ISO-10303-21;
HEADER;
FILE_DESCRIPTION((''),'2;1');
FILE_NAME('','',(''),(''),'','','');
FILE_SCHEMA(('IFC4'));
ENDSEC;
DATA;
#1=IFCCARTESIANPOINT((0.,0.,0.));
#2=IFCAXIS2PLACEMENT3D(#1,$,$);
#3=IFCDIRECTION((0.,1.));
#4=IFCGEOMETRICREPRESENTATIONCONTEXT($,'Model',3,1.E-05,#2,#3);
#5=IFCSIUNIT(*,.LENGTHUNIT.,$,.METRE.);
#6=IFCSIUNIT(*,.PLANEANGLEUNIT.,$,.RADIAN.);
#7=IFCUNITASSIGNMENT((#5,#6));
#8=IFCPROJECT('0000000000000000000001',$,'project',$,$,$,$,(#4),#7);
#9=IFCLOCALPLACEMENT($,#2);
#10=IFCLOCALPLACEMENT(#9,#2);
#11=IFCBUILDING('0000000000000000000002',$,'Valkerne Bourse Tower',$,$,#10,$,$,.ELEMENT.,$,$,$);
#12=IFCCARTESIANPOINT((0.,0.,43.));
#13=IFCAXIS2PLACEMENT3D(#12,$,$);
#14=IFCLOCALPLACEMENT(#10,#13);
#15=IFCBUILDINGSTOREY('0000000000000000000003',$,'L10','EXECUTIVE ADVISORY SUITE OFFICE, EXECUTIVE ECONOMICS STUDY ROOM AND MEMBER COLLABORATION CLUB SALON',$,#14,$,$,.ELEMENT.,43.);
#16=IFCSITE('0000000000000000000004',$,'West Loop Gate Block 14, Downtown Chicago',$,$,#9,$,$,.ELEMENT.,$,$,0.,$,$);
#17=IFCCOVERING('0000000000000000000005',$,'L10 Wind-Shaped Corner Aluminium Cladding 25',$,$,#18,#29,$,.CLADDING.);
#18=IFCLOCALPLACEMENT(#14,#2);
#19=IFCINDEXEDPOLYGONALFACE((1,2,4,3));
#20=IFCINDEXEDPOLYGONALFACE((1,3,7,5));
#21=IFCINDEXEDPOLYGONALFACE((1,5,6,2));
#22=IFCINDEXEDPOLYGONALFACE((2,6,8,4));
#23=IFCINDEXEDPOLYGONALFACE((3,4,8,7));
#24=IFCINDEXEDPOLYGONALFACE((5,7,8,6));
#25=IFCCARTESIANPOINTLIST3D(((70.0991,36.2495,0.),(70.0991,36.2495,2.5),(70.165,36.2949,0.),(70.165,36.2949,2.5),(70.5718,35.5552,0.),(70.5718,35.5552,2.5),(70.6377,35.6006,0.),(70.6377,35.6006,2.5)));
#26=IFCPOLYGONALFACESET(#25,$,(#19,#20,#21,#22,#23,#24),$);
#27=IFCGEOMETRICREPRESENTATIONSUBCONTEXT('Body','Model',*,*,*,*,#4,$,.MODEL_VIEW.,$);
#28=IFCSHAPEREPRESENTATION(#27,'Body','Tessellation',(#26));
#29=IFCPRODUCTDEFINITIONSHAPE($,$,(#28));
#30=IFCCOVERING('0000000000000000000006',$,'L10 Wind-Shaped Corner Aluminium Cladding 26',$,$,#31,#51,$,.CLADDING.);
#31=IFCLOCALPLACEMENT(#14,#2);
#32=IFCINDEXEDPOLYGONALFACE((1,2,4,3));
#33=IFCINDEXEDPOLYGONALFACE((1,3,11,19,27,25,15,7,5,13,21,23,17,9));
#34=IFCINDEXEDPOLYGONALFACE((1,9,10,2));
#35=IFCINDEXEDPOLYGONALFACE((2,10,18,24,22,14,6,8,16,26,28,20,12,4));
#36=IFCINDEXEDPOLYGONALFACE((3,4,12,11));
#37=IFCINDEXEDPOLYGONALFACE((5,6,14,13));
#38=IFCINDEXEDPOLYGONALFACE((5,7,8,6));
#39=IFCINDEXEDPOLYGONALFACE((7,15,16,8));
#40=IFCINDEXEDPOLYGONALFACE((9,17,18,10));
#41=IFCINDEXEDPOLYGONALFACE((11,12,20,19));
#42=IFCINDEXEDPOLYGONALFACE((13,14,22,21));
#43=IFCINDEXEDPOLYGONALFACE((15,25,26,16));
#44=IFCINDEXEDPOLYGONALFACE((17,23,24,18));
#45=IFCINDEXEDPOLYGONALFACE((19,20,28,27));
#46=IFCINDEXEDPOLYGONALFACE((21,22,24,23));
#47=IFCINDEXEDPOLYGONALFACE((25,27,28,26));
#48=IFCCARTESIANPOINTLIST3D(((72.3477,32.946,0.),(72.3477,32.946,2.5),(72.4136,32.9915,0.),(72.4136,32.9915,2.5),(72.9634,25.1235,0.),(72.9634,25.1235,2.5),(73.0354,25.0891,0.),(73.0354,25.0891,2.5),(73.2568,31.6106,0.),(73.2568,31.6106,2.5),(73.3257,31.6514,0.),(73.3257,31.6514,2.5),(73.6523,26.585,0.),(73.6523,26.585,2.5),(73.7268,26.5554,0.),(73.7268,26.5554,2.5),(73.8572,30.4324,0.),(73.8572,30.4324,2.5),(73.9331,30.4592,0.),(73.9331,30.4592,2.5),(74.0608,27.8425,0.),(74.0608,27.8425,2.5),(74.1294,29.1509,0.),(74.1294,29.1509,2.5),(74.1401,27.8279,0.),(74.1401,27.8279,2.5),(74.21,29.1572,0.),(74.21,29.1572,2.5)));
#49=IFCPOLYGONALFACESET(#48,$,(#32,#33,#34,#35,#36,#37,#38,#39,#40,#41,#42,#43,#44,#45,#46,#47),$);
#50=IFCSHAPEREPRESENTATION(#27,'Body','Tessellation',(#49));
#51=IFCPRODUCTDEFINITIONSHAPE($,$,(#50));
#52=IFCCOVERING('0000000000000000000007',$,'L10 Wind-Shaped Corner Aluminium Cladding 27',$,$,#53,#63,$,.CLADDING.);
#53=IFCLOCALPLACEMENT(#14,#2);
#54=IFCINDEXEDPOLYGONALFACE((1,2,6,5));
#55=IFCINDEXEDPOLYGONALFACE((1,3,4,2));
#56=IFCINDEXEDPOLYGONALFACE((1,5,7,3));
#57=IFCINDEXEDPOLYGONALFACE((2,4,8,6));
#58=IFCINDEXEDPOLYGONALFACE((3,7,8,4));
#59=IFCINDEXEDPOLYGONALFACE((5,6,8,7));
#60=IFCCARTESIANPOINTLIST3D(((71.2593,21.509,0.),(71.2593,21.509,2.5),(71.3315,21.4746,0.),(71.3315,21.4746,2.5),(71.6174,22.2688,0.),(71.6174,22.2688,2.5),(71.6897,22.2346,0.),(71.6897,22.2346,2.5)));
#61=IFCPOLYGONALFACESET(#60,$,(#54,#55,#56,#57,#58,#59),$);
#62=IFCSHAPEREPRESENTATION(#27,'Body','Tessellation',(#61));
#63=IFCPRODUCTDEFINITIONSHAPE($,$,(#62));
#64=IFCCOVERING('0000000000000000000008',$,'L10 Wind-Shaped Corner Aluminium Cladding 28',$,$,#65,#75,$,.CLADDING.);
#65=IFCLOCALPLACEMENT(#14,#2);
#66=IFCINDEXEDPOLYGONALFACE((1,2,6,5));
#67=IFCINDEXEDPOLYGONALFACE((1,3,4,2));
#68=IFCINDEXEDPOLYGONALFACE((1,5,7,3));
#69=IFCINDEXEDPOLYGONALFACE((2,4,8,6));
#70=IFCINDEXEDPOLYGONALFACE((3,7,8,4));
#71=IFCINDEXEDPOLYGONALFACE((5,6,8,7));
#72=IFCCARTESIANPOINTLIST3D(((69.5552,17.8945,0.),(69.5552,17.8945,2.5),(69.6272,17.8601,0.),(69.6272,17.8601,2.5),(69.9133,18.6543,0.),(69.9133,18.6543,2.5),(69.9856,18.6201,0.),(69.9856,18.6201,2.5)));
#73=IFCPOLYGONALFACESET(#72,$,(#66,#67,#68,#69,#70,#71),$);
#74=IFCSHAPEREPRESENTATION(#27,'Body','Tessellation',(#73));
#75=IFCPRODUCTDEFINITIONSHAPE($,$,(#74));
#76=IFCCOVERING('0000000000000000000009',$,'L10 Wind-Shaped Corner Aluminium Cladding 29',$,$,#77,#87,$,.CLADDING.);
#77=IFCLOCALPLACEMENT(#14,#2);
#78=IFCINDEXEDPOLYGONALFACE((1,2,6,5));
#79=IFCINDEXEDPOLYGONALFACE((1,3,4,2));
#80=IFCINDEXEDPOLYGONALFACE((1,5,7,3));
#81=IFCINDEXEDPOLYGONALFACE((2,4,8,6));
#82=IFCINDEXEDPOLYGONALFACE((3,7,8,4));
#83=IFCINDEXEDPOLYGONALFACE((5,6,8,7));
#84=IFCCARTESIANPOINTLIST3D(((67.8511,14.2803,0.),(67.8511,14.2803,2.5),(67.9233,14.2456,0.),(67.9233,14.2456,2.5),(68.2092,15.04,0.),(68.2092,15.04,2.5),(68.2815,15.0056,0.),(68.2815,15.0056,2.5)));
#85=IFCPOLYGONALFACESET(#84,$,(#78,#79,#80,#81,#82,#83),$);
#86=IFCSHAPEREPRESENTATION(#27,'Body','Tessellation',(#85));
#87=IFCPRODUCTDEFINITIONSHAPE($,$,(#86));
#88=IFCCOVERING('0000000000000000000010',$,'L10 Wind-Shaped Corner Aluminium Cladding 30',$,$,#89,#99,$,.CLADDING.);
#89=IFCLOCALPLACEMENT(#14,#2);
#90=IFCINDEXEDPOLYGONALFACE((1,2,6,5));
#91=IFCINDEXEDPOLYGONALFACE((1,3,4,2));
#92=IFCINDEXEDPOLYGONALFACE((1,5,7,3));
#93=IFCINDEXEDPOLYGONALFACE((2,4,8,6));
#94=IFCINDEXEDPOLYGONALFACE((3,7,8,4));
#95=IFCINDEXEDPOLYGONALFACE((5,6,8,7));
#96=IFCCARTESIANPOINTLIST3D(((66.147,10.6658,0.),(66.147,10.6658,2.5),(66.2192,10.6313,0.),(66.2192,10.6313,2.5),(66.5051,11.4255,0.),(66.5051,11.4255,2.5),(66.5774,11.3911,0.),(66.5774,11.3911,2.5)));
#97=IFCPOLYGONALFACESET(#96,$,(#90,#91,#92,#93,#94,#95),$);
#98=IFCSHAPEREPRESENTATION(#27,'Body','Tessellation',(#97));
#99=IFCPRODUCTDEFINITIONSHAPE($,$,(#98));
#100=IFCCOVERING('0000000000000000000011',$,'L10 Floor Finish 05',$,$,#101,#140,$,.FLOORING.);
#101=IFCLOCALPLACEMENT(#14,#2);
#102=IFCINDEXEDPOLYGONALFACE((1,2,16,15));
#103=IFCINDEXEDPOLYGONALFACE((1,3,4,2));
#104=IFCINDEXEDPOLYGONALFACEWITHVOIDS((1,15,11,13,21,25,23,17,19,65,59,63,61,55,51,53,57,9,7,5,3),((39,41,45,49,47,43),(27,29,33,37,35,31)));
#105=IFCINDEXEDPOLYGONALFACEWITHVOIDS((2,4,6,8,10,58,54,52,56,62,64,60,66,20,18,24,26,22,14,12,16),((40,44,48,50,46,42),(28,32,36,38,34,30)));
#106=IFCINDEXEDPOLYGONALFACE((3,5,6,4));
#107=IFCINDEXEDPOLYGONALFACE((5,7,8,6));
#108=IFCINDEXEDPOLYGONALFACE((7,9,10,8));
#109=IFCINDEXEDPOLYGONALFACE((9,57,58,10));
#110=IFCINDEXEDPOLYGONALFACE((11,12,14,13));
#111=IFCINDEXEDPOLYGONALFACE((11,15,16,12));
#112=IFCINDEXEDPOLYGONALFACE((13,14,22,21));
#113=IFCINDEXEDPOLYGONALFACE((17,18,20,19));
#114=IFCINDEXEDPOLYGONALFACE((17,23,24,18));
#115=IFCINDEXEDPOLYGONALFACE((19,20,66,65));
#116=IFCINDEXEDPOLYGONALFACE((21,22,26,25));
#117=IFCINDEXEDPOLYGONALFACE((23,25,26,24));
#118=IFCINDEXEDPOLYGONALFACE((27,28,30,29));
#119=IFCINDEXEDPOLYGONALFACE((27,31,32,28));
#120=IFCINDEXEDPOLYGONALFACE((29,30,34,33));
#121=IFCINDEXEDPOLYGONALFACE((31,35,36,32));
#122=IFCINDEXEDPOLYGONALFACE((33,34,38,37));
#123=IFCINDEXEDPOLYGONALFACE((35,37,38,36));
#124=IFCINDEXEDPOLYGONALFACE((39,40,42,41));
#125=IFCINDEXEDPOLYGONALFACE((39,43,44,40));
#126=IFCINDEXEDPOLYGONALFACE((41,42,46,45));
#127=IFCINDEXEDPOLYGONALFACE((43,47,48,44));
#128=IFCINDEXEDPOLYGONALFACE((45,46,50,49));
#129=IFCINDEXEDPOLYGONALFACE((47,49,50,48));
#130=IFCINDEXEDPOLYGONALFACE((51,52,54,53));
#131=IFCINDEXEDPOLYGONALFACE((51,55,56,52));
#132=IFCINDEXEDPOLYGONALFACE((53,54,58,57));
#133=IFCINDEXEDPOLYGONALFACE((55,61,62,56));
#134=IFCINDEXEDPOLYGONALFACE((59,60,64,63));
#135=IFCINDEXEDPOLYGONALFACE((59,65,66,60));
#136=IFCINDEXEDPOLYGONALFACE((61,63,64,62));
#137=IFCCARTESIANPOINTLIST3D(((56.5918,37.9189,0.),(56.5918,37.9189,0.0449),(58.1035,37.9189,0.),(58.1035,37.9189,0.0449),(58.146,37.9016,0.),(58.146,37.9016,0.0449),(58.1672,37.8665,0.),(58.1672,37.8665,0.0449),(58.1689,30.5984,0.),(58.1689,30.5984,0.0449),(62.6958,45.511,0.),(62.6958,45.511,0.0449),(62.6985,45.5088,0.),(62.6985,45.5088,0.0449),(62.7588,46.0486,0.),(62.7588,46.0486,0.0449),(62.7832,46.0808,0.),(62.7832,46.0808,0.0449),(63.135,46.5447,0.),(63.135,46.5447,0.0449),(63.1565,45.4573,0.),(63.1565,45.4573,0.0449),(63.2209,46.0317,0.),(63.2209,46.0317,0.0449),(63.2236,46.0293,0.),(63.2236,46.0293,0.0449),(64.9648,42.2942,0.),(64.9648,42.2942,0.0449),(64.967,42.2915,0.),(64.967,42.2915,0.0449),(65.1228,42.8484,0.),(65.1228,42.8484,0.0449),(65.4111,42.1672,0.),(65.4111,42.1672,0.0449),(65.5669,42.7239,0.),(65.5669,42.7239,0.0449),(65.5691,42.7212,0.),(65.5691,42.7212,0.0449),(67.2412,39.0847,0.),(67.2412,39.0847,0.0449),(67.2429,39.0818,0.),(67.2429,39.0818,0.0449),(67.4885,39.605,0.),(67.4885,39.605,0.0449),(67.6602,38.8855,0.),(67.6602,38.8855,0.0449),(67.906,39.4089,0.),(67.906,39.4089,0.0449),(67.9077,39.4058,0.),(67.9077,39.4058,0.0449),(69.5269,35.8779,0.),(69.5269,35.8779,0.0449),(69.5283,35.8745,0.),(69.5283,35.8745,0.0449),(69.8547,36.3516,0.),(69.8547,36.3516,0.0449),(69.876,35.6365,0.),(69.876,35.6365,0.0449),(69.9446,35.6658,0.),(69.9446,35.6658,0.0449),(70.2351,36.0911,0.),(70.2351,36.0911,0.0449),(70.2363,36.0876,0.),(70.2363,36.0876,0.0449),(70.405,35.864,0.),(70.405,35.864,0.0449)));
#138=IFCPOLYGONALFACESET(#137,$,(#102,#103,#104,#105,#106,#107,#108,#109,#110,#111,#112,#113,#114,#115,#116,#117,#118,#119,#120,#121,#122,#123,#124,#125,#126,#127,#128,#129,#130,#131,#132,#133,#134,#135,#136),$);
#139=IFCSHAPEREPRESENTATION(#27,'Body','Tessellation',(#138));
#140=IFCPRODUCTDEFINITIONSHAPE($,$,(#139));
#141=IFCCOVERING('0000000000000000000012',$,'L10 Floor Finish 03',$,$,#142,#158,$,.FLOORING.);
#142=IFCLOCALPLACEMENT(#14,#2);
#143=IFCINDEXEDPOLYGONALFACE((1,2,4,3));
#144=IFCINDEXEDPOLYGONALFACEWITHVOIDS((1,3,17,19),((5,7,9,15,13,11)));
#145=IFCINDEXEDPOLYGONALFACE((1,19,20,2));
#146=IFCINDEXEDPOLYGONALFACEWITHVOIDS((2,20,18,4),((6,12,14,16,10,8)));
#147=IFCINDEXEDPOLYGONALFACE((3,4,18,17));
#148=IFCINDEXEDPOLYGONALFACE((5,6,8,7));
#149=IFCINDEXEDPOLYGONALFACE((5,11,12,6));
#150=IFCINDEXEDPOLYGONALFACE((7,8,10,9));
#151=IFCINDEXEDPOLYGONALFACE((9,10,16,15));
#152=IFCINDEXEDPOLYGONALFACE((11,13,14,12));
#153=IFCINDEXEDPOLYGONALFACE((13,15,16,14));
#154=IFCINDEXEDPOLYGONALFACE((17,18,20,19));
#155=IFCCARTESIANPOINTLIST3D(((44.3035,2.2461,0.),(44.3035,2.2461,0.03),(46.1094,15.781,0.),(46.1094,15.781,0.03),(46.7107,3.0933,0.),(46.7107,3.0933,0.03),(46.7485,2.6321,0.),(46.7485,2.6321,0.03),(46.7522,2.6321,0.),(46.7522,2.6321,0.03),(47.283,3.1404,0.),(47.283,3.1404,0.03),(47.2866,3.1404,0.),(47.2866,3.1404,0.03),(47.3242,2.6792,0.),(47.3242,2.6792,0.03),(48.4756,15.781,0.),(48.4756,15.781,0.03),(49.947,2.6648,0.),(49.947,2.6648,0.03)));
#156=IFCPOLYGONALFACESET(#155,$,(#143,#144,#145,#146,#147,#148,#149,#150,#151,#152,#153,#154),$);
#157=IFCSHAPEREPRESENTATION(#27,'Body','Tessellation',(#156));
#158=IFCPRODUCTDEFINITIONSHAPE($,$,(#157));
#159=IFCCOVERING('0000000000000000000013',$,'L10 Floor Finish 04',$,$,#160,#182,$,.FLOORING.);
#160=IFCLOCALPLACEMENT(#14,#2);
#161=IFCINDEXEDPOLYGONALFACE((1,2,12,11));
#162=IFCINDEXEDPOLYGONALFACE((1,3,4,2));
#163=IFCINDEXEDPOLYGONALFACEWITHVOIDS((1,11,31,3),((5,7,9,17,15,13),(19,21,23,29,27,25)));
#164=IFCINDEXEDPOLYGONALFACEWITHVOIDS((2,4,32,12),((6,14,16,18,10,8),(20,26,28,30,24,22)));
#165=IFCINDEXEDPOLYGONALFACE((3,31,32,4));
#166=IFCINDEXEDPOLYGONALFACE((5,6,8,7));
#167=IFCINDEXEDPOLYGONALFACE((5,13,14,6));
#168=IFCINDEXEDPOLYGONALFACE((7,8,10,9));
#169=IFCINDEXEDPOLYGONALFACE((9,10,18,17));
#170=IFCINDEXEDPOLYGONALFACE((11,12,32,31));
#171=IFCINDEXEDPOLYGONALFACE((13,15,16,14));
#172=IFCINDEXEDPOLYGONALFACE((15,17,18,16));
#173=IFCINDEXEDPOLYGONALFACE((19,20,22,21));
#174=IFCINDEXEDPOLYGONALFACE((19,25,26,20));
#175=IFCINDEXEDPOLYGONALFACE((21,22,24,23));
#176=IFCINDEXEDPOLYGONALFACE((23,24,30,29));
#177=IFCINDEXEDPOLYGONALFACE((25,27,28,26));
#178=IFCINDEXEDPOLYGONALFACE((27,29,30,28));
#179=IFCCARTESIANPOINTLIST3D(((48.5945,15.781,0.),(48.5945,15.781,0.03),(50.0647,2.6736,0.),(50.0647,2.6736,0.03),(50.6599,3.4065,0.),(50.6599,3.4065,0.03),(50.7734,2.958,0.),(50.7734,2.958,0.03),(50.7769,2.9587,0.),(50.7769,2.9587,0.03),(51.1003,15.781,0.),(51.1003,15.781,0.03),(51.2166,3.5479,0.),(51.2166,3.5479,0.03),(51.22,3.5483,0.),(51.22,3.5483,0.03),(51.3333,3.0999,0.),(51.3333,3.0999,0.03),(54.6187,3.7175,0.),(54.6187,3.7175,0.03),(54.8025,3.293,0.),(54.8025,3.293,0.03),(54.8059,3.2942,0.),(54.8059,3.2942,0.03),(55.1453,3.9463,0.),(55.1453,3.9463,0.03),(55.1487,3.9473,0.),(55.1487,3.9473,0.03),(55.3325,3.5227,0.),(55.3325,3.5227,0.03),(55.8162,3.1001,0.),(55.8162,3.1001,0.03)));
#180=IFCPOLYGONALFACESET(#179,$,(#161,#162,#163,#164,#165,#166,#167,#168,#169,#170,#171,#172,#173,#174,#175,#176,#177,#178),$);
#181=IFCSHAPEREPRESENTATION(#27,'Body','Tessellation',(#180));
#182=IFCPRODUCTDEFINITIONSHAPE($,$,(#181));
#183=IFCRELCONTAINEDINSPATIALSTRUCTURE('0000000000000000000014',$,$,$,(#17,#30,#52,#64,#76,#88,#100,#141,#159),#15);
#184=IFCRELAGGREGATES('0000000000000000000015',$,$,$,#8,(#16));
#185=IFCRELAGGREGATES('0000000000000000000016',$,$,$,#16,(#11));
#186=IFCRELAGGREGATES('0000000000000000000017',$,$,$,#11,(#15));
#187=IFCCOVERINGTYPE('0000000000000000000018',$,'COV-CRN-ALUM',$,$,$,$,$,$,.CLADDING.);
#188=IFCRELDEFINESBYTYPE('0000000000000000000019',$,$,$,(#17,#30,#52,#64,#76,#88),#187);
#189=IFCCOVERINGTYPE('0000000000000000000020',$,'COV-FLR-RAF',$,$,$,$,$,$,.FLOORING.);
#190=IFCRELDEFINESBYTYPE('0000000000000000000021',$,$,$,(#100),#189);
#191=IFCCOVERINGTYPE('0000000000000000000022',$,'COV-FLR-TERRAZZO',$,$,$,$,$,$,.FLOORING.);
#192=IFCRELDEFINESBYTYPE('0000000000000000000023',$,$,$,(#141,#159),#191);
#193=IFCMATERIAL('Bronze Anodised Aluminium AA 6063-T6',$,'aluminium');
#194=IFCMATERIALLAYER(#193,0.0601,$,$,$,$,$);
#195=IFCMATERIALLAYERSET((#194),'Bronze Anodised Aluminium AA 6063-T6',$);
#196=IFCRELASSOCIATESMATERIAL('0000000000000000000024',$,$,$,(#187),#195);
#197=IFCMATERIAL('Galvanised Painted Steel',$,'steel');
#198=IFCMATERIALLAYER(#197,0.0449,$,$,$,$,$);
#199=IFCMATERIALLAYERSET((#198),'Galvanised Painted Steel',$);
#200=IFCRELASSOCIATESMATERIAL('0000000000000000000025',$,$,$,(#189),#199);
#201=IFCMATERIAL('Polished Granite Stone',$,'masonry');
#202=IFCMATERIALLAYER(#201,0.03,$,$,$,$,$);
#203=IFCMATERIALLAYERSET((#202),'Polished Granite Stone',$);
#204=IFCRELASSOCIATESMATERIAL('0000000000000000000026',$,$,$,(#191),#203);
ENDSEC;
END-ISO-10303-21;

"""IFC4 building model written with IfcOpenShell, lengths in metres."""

from ifc_helpers import new_model, si_unit, direction, frame, origin, place, context, subcontext, project, spatial, polyline, outline, extrude, material, layer, layer_set, type_object, element, save


model = new_model("IFC4")

# Units and contexts
model_context = context("Model", 3, precision=1e-05, world=origin(), true_north=direction((0.0, 1.0)))
body_context = subcontext(model_context, "Body", "Model", "MODEL_VIEW")
ifc_project = project(units=[si_unit("LENGTHUNIT", "METRE"), si_unit("PLANEANGLEUNIT", "RADIAN")], contexts=[model_context])

# Site, building, storey
site_placement = place(None, origin())
site = spatial("IfcSite", under=ifc_project, at=site_placement, Name="West Loop Gate Block 14, Downtown Chicago", CompositionType="ELEMENT", RefElevation=0.0)
building_placement = place(site_placement, origin())
building = spatial("IfcBuilding", under=site, at=building_placement, Name="Valkerne Bourse Tower", CompositionType="ELEMENT")
storey_placement = place(building_placement, frame((0.0, 0.0, 43.0)))
storey = spatial("IfcBuildingStorey", under=building, at=storey_placement, Name="L10", Description="EXECUTIVE ADVISORY SUITE OFFICE, EXECUTIVE ECONOMICS STUDY ROOM AND MEMBER COLLABORATION CLUB SALON", CompositionType="ELEMENT", Elevation=43.0)

# Coverings
ifc_material_1 = material(Name="Bronze Anodised Aluminium AA 6063-T6", Category="aluminium")
ifc_layer_1 = layer(ifc_material_1, 0.0601)
ifc_layer_set_1 = layer_set([ifc_layer_1], Name="Bronze Anodised Aluminium AA 6063-T6")
covering_type_1 = type_object("IfcCoveringType", Name="COV-CRN-ALUM", PredefinedType="CLADDING", material=ifc_layer_set_1)
covering_1_placement = place(storey_placement, origin())
element("IfcCovering", 1, at=covering_1_placement, inside=storey, type_object=covering_type_1, Name="L10 Wind-Shaped Corner Aluminium Cladding 25", PredefinedType="CLADDING", context=body_context, shape_type="SweptSolid", body=[
    extrude(outline(polyline([(70.6377, 35.6006), (70.5718, 35.5552), (70.0991, 36.2495), (70.165, 36.2949), (70.6377, 35.6006)])), origin(), (0.0, 0.0, 1.0), 2.5),
])
covering_2_placement = place(storey_placement, origin())
element("IfcCovering", 2, at=covering_2_placement, inside=storey, type_object=covering_type_1, Name="L10 Wind-Shaped Corner Aluminium Cladding 26", PredefinedType="CLADDING", context=body_context, shape_type="SweptSolid", body=[
    extrude(outline(polyline([(73.3257, 31.6514), (73.9331, 30.4592), (74.21, 29.1572), (74.1401, 27.8279), (73.7268, 26.5554), (73.0354, 25.0891), (72.9634, 25.1235), (73.6523, 26.585), (74.0608, 27.8425), (74.1294, 29.1509), (73.8572, 30.4324), (73.2568, 31.6106), (72.3477, 32.946), (72.4136, 32.9915), (73.3257, 31.6514)])), origin(), (0.0, 0.0, 1.0), 2.5),
])
covering_3_placement = place(storey_placement, origin())
element("IfcCovering", 3, at=covering_3_placement, inside=storey, type_object=covering_type_1, Name="L10 Wind-Shaped Corner Aluminium Cladding 27", PredefinedType="CLADDING", context=body_context, shape_type="SweptSolid", body=[
    extrude(outline(polyline([(71.3315, 21.4746), (71.2593, 21.509), (71.6174, 22.2688), (71.6897, 22.2346), (71.3315, 21.4746)])), origin(), (0.0, 0.0, 1.0), 2.5),
])
covering_4_placement = place(storey_placement, origin())
element("IfcCovering", 4, at=covering_4_placement, inside=storey, type_object=covering_type_1, Name="L10 Wind-Shaped Corner Aluminium Cladding 28", PredefinedType="CLADDING", context=body_context, shape_type="SweptSolid", body=[
    extrude(outline(polyline([(69.6272, 17.8601), (69.5552, 17.8945), (69.9133, 18.6543), (69.9856, 18.6201), (69.6272, 17.8601)])), origin(), (0.0, 0.0, 1.0), 2.5),
])
covering_5_placement = place(storey_placement, origin())
element("IfcCovering", 5, at=covering_5_placement, inside=storey, type_object=covering_type_1, Name="L10 Wind-Shaped Corner Aluminium Cladding 29", PredefinedType="CLADDING", context=body_context, shape_type="SweptSolid", body=[
    extrude(outline(polyline([(67.9233, 14.2456), (67.8511, 14.2803), (68.2092, 15.04), (68.2815, 15.0056), (67.9233, 14.2456)])), origin(), (0.0, 0.0, 1.0), 2.5),
])
covering_6_placement = place(storey_placement, origin())
element("IfcCovering", 6, at=covering_6_placement, inside=storey, type_object=covering_type_1, Name="L10 Wind-Shaped Corner Aluminium Cladding 30", PredefinedType="CLADDING", context=body_context, shape_type="SweptSolid", body=[
    extrude(outline(polyline([(66.2192, 10.6313), (66.147, 10.6658), (66.5051, 11.4255), (66.5774, 11.3911), (66.2192, 10.6313)])), origin(), (0.0, 0.0, 1.0), 2.5),
])
ifc_material_2 = material(Name="Galvanised Painted Steel", Category="steel")
ifc_layer_2 = layer(ifc_material_2, 0.0449)
ifc_layer_set_2 = layer_set([ifc_layer_2], Name="Galvanised Painted Steel")
covering_type_2 = type_object("IfcCoveringType", Name="COV-FLR-RAF", PredefinedType="FLOORING", material=ifc_layer_set_2)
covering_7_placement = place(storey_placement, origin())
element("IfcCovering", 7, at=covering_7_placement, inside=storey, type_object=covering_type_2, Name="L10 Floor Finish 05", PredefinedType="FLOORING", context=body_context, shape_type="SweptSolid", body=[
    extrude(outline(polyline([(58.1672, 37.8665), (58.146, 37.9016), (58.1035, 37.9189), (56.5918, 37.9189), (62.7588, 46.0486), (62.6958, 45.511), (62.6985, 45.5088), (63.1565, 45.4573), (63.2236, 46.0293), (63.2209, 46.0317), (62.7832, 46.0808), (63.135, 46.5447), (70.405, 35.864), (69.9446, 35.6658), (70.2363, 36.0876), (70.2351, 36.0911), (69.8547, 36.3516), (69.5269, 35.8779), (69.5283, 35.8745), (69.876, 35.6365), (58.1689, 30.5984), (58.1672, 37.8665)]), holes=[polyline([(67.9077, 39.4058), (67.906, 39.4089), (67.4885, 39.605), (67.2412, 39.0847), (67.2429, 39.0818), (67.6602, 38.8855), (67.9077, 39.4058)]), polyline([(65.5691, 42.7212), (65.5669, 42.7239), (65.1228, 42.8484), (64.9648, 42.2942), (64.967, 42.2915), (65.4111, 42.1672), (65.5691, 42.7212)])]), origin(), (0.0, 0.0, 1.0), 0.0449),
])
ifc_material_3 = material(Name="Polished Granite Stone", Category="masonry")
ifc_layer_3 = layer(ifc_material_3, 0.03)
ifc_layer_set_3 = layer_set([ifc_layer_3], Name="Polished Granite Stone")
covering_type_3 = type_object("IfcCoveringType", Name="COV-FLR-TERRAZZO", PredefinedType="FLOORING", material=ifc_layer_set_3)
covering_8_placement = place(storey_placement, origin())
element("IfcCovering", 8, at=covering_8_placement, inside=storey, type_object=covering_type_3, Name="L10 Floor Finish 03", PredefinedType="FLOORING", context=body_context, shape_type="SweptSolid", body=[
    extrude(outline(polyline([(48.4756, 15.781), (49.947, 2.6648), (44.3035, 2.2461), (46.1094, 15.781), (48.4756, 15.781)]), holes=[polyline([(46.7522, 2.6321), (47.3242, 2.6792), (47.2866, 3.1404), (47.283, 3.1404), (46.7107, 3.0933), (46.7485, 2.6321), (46.7522, 2.6321)])]), origin(), (0.0, 0.0, 1.0), 0.03),
])
covering_9_placement = place(storey_placement, origin())
element("IfcCovering", 9, at=covering_9_placement, inside=storey, type_object=covering_type_3, Name="L10 Floor Finish 04", PredefinedType="FLOORING", context=body_context, shape_type="SweptSolid", body=[
    extrude(outline(polyline([(51.1003, 15.781), (55.8162, 3.1001), (50.0647, 2.6736), (48.5945, 15.781), (51.1003, 15.781)]), holes=[polyline([(50.7769, 2.9587), (51.3333, 3.0999), (51.22, 3.5483), (51.2166, 3.5479), (50.6599, 3.4065), (50.7734, 2.958), (50.7769, 2.9587)]), polyline([(55.3325, 3.5227), (55.1487, 3.9473), (55.1453, 3.9463), (54.6187, 3.7175), (54.8025, 3.293), (54.8059, 3.2942), (55.3325, 3.5227)])]), origin(), (0.0, 0.0, 1.0), 0.03),
])

save(model, "model.ifc")
